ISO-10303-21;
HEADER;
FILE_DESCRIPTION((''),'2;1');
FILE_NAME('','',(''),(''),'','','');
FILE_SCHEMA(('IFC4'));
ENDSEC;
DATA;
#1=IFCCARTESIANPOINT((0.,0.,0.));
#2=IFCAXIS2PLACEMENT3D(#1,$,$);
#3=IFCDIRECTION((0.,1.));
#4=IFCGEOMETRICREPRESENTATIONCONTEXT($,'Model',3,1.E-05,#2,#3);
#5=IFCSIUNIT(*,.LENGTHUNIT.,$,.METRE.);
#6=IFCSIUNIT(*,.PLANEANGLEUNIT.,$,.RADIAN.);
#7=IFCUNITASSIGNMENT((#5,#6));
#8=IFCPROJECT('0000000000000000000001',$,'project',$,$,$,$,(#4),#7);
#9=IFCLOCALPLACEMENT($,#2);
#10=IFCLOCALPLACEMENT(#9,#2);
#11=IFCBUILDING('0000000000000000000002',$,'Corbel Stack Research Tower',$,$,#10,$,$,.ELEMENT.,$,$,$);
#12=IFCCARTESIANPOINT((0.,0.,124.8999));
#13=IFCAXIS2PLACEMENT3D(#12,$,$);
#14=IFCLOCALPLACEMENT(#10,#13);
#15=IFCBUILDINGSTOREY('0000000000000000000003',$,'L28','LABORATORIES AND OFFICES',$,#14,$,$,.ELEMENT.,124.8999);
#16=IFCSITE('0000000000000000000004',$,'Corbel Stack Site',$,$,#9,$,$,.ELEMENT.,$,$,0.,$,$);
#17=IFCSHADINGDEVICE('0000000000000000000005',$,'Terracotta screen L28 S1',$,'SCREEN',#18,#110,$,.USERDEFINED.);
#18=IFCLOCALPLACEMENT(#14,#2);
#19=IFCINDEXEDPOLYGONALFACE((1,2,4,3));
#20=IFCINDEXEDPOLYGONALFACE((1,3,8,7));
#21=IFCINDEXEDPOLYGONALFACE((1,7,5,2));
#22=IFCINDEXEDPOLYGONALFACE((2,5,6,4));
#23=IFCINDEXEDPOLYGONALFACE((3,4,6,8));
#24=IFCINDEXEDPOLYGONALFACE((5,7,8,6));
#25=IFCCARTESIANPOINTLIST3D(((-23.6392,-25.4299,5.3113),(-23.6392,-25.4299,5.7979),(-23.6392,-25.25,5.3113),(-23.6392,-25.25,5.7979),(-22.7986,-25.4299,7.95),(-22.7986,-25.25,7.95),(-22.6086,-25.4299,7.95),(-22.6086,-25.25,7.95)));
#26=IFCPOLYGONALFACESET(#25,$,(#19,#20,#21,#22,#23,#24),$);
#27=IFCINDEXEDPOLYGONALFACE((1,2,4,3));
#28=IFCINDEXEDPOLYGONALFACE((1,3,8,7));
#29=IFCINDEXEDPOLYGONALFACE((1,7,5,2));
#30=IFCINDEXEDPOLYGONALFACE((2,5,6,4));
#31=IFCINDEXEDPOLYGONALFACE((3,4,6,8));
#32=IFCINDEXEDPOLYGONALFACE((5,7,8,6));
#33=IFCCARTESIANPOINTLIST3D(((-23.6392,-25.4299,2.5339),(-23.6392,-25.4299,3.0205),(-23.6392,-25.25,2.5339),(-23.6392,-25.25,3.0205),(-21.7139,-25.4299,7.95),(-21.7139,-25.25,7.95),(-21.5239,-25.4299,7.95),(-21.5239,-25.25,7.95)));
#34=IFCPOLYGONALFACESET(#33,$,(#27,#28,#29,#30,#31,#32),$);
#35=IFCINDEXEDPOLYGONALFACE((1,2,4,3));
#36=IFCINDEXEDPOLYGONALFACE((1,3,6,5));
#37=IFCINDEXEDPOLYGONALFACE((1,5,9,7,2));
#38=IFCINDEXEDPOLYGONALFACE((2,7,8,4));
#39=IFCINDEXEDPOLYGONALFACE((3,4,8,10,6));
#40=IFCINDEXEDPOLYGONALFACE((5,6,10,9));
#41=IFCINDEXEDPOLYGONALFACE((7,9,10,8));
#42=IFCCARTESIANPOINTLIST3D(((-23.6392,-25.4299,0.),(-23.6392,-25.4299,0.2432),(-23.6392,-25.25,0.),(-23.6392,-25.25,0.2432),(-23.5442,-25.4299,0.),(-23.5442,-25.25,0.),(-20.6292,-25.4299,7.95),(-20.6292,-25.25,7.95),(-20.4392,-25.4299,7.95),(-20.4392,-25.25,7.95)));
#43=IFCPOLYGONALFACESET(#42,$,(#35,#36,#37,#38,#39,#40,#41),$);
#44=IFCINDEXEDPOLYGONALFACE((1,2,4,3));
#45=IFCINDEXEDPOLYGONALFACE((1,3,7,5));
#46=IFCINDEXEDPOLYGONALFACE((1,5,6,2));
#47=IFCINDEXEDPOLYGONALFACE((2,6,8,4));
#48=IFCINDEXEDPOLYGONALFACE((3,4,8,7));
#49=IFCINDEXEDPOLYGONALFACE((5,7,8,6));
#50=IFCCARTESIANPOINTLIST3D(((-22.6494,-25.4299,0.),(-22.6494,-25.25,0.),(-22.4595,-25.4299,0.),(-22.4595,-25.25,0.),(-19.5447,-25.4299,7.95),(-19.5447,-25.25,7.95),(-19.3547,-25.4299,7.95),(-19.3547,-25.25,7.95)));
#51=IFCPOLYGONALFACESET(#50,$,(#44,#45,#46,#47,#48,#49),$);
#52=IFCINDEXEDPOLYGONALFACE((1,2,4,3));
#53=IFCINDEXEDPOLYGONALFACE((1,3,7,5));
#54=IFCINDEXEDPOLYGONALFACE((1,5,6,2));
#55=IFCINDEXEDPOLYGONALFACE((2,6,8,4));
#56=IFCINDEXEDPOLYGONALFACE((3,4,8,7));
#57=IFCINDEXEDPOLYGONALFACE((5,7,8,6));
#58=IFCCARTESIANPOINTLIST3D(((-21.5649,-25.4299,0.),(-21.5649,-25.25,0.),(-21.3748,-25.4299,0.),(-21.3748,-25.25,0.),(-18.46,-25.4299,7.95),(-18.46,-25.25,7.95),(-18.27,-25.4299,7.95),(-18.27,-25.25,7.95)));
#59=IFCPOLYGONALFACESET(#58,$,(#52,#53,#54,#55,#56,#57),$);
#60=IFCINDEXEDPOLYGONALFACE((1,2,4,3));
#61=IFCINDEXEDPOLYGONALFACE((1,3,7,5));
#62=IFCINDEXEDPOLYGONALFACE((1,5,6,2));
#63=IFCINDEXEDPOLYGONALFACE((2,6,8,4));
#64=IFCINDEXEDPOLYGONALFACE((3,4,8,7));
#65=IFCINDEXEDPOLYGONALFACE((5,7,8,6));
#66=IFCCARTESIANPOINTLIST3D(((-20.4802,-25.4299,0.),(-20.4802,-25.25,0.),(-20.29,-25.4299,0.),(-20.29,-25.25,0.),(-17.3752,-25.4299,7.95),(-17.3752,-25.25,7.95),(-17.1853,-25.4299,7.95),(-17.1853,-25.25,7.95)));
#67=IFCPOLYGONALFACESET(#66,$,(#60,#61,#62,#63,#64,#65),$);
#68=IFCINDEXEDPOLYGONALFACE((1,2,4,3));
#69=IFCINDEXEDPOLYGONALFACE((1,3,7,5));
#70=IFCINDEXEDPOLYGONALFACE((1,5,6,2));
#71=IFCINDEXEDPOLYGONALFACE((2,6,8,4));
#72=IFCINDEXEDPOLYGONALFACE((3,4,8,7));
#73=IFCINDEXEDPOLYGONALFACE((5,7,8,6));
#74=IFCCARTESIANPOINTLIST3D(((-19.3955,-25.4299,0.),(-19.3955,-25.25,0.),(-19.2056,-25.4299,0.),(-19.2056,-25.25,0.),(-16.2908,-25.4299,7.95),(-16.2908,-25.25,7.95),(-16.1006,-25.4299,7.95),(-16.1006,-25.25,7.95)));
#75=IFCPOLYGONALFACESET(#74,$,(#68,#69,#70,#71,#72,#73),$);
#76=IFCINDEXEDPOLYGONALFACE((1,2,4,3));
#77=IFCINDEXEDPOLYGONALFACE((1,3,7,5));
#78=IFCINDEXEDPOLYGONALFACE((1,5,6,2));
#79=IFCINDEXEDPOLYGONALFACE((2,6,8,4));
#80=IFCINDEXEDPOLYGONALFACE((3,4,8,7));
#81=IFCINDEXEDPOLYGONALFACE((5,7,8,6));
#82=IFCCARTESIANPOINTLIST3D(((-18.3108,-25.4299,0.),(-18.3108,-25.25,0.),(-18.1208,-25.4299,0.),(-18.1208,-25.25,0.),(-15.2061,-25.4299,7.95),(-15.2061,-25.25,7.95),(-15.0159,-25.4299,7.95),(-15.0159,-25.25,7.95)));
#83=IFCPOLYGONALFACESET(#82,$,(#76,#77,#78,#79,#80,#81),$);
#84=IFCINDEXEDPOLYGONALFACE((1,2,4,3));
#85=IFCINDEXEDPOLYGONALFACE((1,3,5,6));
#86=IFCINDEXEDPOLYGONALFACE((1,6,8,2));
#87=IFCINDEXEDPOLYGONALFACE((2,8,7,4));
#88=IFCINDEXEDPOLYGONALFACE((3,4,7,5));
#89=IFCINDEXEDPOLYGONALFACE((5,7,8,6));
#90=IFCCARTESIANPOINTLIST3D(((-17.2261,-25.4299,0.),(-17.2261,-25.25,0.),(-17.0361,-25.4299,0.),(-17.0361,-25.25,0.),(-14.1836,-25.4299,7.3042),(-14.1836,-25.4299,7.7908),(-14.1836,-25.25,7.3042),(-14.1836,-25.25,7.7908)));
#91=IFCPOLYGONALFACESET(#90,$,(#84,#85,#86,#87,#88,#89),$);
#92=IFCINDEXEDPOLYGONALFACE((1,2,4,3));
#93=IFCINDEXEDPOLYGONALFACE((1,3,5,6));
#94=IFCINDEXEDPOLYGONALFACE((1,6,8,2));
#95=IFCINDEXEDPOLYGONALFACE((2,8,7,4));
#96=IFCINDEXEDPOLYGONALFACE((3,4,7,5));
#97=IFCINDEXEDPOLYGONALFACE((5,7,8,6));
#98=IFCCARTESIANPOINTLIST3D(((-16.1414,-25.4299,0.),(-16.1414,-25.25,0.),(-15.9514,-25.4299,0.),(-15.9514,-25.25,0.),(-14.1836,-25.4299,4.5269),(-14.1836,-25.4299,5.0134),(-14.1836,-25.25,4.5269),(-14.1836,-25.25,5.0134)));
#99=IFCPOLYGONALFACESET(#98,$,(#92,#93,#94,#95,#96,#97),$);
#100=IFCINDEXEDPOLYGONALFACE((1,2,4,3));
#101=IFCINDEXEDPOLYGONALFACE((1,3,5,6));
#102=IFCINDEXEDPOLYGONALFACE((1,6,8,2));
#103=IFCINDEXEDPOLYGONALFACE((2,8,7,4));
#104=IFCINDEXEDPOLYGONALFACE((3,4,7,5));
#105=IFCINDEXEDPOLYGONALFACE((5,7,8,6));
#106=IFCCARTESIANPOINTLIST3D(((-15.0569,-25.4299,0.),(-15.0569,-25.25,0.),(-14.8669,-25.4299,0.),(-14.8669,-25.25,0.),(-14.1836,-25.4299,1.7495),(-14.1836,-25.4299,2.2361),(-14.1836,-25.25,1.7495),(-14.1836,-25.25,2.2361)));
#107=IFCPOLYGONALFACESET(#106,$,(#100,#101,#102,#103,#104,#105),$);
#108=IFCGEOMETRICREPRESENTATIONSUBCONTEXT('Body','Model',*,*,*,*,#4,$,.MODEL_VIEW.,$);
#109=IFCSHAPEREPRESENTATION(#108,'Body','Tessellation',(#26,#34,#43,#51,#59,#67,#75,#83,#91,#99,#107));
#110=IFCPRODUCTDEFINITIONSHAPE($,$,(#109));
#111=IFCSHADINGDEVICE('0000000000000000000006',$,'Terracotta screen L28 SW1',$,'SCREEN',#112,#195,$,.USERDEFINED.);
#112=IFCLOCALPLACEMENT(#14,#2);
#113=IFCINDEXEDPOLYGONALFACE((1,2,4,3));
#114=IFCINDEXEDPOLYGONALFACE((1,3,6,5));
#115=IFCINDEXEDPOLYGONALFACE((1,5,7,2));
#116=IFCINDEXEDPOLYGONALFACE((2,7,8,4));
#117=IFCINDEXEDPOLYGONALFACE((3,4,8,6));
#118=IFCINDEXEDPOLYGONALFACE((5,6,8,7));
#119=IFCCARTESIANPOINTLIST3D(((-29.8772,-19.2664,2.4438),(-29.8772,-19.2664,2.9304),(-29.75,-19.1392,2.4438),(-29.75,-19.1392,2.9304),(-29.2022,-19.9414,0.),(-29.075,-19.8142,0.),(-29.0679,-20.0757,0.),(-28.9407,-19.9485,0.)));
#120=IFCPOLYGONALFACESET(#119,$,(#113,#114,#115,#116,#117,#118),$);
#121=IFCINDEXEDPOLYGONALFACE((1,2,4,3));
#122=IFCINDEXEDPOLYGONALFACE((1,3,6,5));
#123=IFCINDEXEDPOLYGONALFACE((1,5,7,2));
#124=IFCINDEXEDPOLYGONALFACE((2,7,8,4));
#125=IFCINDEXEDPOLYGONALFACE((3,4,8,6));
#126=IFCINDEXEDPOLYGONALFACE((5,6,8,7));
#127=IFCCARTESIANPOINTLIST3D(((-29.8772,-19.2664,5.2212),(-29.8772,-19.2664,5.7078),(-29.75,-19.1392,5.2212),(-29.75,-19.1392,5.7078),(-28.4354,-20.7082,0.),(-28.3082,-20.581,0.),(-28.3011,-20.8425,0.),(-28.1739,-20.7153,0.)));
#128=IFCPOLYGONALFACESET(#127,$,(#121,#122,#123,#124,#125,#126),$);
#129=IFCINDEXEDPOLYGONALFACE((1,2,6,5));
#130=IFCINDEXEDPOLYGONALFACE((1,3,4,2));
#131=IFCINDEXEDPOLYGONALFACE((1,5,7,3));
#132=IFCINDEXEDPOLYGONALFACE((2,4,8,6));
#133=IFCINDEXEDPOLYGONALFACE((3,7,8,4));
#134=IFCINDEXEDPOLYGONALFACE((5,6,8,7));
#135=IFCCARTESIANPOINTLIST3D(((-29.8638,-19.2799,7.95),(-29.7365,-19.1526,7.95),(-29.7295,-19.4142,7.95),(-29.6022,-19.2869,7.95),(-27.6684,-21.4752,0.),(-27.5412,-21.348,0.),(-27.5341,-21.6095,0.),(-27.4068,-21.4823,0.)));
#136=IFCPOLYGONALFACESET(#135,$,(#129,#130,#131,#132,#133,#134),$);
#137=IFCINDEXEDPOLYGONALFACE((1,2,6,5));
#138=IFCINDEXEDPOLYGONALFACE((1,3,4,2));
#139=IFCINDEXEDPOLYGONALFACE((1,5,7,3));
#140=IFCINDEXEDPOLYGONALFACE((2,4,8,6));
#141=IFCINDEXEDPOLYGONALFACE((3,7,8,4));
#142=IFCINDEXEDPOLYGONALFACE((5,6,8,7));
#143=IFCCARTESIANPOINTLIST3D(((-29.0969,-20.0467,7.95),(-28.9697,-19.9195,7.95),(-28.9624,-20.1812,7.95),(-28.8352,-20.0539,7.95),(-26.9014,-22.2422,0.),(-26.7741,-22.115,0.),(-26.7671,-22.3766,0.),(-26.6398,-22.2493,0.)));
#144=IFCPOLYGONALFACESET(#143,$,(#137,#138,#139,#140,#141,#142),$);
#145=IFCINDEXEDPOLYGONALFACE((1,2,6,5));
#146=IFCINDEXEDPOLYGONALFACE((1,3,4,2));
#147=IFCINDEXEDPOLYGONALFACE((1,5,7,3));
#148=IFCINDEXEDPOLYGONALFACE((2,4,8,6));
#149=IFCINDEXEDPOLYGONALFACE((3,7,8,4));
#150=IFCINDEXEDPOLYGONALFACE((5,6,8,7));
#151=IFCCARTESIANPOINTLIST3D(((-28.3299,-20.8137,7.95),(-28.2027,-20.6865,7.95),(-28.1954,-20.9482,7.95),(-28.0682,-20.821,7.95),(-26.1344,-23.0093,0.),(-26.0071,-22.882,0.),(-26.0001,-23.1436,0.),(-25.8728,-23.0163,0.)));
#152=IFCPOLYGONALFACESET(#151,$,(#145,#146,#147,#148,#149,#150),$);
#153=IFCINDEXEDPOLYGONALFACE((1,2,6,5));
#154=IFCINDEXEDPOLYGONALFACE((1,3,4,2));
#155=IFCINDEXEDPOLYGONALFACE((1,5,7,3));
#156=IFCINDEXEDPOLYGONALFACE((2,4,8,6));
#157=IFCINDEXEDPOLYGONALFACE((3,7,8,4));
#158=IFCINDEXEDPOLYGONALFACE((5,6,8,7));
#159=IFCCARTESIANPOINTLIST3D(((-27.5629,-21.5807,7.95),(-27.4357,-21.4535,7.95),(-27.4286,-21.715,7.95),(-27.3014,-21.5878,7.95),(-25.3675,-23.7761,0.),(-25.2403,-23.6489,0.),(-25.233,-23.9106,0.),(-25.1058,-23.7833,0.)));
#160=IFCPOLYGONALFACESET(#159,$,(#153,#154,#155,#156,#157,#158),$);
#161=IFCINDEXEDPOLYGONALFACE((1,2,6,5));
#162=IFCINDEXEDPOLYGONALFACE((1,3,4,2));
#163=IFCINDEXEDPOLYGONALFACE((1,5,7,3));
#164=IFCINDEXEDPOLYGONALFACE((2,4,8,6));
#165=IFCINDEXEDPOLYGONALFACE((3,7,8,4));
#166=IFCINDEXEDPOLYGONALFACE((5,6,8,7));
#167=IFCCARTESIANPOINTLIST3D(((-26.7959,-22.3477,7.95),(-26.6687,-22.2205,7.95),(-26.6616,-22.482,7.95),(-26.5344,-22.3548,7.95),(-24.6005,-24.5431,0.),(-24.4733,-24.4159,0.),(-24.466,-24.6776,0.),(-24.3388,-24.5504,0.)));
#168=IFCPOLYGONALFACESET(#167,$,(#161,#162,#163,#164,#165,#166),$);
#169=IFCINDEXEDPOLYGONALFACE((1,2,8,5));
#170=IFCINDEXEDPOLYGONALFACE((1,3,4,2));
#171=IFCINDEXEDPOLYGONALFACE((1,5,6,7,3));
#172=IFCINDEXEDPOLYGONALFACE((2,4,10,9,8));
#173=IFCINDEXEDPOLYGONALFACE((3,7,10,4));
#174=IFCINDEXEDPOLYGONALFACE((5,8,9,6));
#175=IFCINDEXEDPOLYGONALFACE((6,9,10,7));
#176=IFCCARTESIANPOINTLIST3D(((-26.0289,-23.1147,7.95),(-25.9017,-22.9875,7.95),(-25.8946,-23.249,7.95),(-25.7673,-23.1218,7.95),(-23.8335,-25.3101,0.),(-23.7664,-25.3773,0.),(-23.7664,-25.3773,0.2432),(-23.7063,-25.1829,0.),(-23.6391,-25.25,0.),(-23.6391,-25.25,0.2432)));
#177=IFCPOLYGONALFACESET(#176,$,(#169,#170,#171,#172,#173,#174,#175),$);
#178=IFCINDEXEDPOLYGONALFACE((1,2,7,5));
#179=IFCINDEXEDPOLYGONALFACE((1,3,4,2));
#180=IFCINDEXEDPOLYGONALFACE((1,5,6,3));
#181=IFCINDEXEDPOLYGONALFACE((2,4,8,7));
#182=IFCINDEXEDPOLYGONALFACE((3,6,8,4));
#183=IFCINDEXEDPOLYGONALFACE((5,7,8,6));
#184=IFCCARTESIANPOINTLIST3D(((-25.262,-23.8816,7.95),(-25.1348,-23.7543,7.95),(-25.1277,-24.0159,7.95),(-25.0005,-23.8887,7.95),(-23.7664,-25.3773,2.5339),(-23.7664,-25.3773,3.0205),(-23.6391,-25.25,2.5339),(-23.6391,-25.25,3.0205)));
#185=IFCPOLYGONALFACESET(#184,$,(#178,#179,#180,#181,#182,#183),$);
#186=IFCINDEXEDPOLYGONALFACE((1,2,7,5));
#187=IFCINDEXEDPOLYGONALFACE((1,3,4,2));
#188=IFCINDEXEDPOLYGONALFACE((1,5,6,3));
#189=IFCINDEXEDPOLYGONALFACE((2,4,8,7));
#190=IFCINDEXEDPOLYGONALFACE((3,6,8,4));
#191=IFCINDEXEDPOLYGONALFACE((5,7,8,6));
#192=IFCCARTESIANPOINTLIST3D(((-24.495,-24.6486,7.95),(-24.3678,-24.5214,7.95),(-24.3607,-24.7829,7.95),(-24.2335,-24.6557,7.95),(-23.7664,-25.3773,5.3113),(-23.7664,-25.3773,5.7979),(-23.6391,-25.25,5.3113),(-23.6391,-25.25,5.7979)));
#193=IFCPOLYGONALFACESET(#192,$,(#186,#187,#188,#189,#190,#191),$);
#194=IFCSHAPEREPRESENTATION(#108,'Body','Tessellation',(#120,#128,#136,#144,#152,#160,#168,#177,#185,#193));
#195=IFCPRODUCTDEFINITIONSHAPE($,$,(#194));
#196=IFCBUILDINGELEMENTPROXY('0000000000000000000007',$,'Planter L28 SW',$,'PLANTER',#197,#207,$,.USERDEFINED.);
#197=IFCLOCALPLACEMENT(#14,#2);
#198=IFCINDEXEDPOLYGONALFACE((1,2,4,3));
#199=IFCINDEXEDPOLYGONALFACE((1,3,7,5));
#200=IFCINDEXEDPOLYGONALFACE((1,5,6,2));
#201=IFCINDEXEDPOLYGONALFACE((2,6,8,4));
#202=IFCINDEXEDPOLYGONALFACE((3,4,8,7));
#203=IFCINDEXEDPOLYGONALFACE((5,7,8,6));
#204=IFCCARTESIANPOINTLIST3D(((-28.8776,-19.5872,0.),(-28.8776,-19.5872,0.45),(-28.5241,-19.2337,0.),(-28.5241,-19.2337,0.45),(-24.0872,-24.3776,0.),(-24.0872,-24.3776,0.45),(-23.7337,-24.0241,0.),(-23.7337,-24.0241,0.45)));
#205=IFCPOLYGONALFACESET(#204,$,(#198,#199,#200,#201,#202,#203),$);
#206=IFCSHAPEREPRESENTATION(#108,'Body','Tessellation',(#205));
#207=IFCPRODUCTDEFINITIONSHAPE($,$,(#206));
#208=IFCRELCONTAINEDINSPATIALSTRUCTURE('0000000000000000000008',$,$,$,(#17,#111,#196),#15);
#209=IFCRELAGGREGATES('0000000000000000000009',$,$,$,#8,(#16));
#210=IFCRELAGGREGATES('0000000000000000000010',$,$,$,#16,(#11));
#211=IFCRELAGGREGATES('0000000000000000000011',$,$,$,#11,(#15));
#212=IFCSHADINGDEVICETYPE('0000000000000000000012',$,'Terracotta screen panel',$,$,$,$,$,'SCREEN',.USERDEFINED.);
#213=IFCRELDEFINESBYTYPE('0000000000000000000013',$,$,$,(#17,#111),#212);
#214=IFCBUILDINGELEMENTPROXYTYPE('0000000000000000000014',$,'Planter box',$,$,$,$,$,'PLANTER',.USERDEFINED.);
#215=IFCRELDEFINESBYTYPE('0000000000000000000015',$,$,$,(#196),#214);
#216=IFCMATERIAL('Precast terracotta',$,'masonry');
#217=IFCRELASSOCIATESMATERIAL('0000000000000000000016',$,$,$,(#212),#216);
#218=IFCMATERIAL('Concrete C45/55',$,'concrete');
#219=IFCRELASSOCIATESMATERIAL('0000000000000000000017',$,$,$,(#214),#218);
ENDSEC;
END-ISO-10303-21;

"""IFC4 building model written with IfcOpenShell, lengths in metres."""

from ifc_helpers import new_model, si_unit, direction, frame, origin, origin_2d, place, context, subcontext, project, spatial, polyline, rectangle, outline, extrude, source, transform, mapped, material, type_object, element, save


model = new_model("IFC4")

# Units and contexts
model_context = context("Model", 3, precision=1e-05, world=origin(), true_north=direction((0.0, 1.0)))
body_context = subcontext(model_context, "Body", "Model", "MODEL_VIEW")
ifc_project = project(units=[si_unit("LENGTHUNIT", "METRE"), si_unit("PLANEANGLEUNIT", "RADIAN")], contexts=[model_context])

# Site, building, storey
site_placement = place(None, origin())
site = spatial("IfcSite", under=ifc_project, at=site_placement, Name="Corbel Stack Site", CompositionType="ELEMENT", RefElevation=0.0)
building_placement = place(site_placement, origin())
building = spatial("IfcBuilding", under=site, at=building_placement, Name="Corbel Stack Research Tower", CompositionType="ELEMENT")
storey_placement = place(building_placement, frame((0.0, 0.0, 124.8999)))
storey = spatial("IfcBuildingStorey", under=building, at=storey_placement, Name="L28", Description="LABORATORIES AND OFFICES", CompositionType="ELEMENT", Elevation=124.8999)

# Shading devices
ifc_material_1 = material(Name="Precast terracotta", Category="masonry")
shading_device_type = type_object("IfcShadingDeviceType", Name="Terracotta screen panel", ElementType="SCREEN", PredefinedType="USERDEFINED", material=ifc_material_1)
shared_shape_1 = source(origin(), body_context, "Body", "SweptSolid", [
    extrude(outline(polyline([(1.0305, 7.95), (0.8406, 7.95), (0.0, 5.7979), (0.0, 5.3113), (1.0305, 7.95)])), frame((0.0, 0.0, 0.0), z_axis=(0.0, -1.0, 0.0), x_axis=(1.0, 0.0, 0.0)), (0.0, 0.0, 1.0), 0.1799),
    extrude(outline(polyline([(2.1152, 7.95), (1.9253, 7.95), (0.0, 3.0205), (0.0, 2.5339), (2.1152, 7.95)])), frame((0.0, 0.0, 0.0), z_axis=(0.0, -1.0, 0.0), x_axis=(1.0, 0.0, 0.0)), (0.0, 0.0, 1.0), 0.1799),
    extrude(outline(polyline([(0.095, 0.0), (3.2, 7.95), (3.01, 7.95), (0.0, 0.2432), (0.0, 0.0), (0.095, 0.0)])), frame((0.0, 0.0, 0.0), z_axis=(0.0, -1.0, 0.0), x_axis=(1.0, 0.0, 0.0)), (0.0, 0.0, 1.0), 0.1799),
    extrude(outline(polyline([(1.1797, 0.0), (4.2844, 7.95), (4.0945, 7.95), (0.9897, 0.0), (1.1797, 0.0)])), frame((0.0, 0.0, 0.0), z_axis=(0.0, -1.0, 0.0), x_axis=(1.0, 0.0, 0.0)), (0.0, 0.0, 1.0), 0.1799),
    extrude(outline(polyline([(2.2644, 0.0), (5.3691, 7.95), (5.1792, 7.95), (2.0742, 0.0), (2.2644, 0.0)])), frame((0.0, 0.0, 0.0), z_axis=(0.0, -1.0, 0.0), x_axis=(1.0, 0.0, 0.0)), (0.0, 0.0, 1.0), 0.1799),
    extrude(outline(polyline([(3.3491, 0.0), (6.4539, 7.95), (6.2639, 7.95), (3.1589, 0.0), (3.3491, 0.0)])), frame((0.0, 0.0, 0.0), z_axis=(0.0, -1.0, 0.0), x_axis=(1.0, 0.0, 0.0)), (0.0, 0.0, 1.0), 0.1799),
    extrude(outline(polyline([(4.4336, 0.0), (7.5386, 7.95), (7.3484, 7.95), (4.2437, 0.0), (4.4336, 0.0)])), frame((0.0, 0.0, 0.0), z_axis=(0.0, -1.0, 0.0), x_axis=(1.0, 0.0, 0.0)), (0.0, 0.0, 1.0), 0.1799),
    extrude(outline(polyline([(5.5183, 0.0), (8.6233, 7.95), (8.4331, 7.95), (5.3284, 0.0), (5.5183, 0.0)])), frame((0.0, 0.0, 0.0), z_axis=(0.0, -1.0, 0.0), x_axis=(1.0, 0.0, 0.0)), (0.0, 0.0, 1.0), 0.1799),
    extrude(outline(polyline([(6.603, 0.0), (9.4556, 7.3042), (9.4556, 7.7908), (6.4131, 0.0), (6.603, 0.0)])), frame((0.0, 0.0, 0.0), z_axis=(0.0, -1.0, 0.0), x_axis=(1.0, 0.0, 0.0)), (0.0, 0.0, 1.0), 0.1799),
    extrude(outline(polyline([(7.6877, 0.0), (9.4556, 4.5269), (9.4556, 5.0134), (7.4978, 0.0), (7.6877, 0.0)])), frame((0.0, 0.0, 0.0), z_axis=(0.0, -1.0, 0.0), x_axis=(1.0, 0.0, 0.0)), (0.0, 0.0, 1.0), 0.1799),
    extrude(outline(polyline([(8.7722, 0.0), (9.4556, 1.7495), (9.4556, 2.2361), (8.5823, 0.0), (8.7722, 0.0)])), frame((0.0, 0.0, 0.0), z_axis=(0.0, -1.0, 0.0), x_axis=(1.0, 0.0, 0.0)), (0.0, 0.0, 1.0), 0.1799),
])
shading_device_1_placement = place(storey_placement, frame((-23.6392, -25.25, 0.0), z_axis=(0.0, 0.0, 1.0), x_axis=(1.0, 0.0, 0.0)))
element("IfcShadingDevice", 1, at=shading_device_1_placement, inside=storey, type_object=shading_device_type, Name="Terracotta screen L28 S1", ObjectType="SCREEN", PredefinedType="USERDEFINED", context=body_context, shape_type="MappedRepresentation", body=[
    mapped(shared_shape_1, transform((0.0, 0.0, 0.0))),
])
shared_shape_2 = source(origin(), body_context, "Body", "SweptSolid", [
    extrude(outline(polyline([(1.1445, 0.0), (0.0, 2.9304), (0.0, 2.4438), (0.9546, 0.0), (1.1445, 0.0)])), frame((0.0, 0.0, 0.0), z_axis=(0.0, -1.0, 0.0), x_axis=(1.0, 0.0, 0.0)), (0.0, 0.0, 1.0), 0.1799),
    extrude(outline(polyline([(2.229, 0.0), (0.0, 5.7078), (0.0, 5.2212), (2.0391, 0.0), (2.229, 0.0)])), frame((0.0, 0.0, 0.0), z_axis=(0.0, -1.0, 0.0), x_axis=(1.0, 0.0, 0.0)), (0.0, 0.0, 1.0), 0.1799),
    extrude(outline(polyline([(3.3137, 0.0), (0.209, 7.95), (0.019, 7.95), (3.1238, 0.0), (3.3137, 0.0)])), frame((0.0, 0.0, 0.0), z_axis=(0.0, -1.0, 0.0), x_axis=(1.0, 0.0, 0.0)), (0.0, 0.0, 1.0), 0.1799),
    extrude(outline(polyline([(4.3984, 0.0), (1.2937, 7.95), (1.1035, 7.95), (4.2085, 0.0), (4.3984, 0.0)])), frame((0.0, 0.0, 0.0), z_axis=(0.0, -1.0, 0.0), x_axis=(1.0, 0.0, 0.0)), (0.0, 0.0, 1.0), 0.1799),
    extrude(outline(polyline([(5.4832, 0.0), (2.3784, 7.95), (2.1882, 7.95), (5.2932, 0.0), (5.4832, 0.0)])), frame((0.0, 0.0, 0.0), z_axis=(0.0, -1.0, 0.0), x_axis=(1.0, 0.0, 0.0)), (0.0, 0.0, 1.0), 0.1799),
    extrude(outline(polyline([(6.5679, 0.0), (3.4629, 7.95), (3.2729, 7.95), (6.3777, 0.0), (6.5679, 0.0)])), frame((0.0, 0.0, 0.0), z_axis=(0.0, -1.0, 0.0), x_axis=(1.0, 0.0, 0.0)), (0.0, 0.0, 1.0), 0.1799),
    extrude(outline(polyline([(7.6526, 0.0), (4.5476, 7.95), (4.3577, 7.95), (7.4624, 0.0), (7.6526, 0.0)])), frame((0.0, 0.0, 0.0), z_axis=(0.0, -1.0, 0.0), x_axis=(1.0, 0.0, 0.0)), (0.0, 0.0, 1.0), 0.1799),
    extrude(outline(polyline([(8.6421, 0.0), (8.6421, 0.2432), (5.6323, 7.95), (5.4424, 7.95), (8.5471, 0.0), (8.6421, 0.0)])), frame((0.0, 0.0, 0.0), z_axis=(0.0, -1.0, 0.0), x_axis=(1.0, 0.0, 0.0)), (0.0, 0.0, 1.0), 0.1799),
    extrude(outline(polyline([(6.7168, 7.95), (6.5269, 7.95), (8.6421, 2.5339), (8.6421, 3.0205), (6.7168, 7.95)])), frame((0.0, 0.0, 0.0), z_axis=(0.0, -1.0, 0.0), x_axis=(1.0, 0.0, 0.0)), (0.0, 0.0, 1.0), 0.1799),
    extrude(outline(polyline([(7.8015, 7.95), (7.6116, 7.95), (8.6421, 5.3113), (8.6421, 5.7979), (7.8015, 7.95)])), frame((0.0, 0.0, 0.0), z_axis=(0.0, -1.0, 0.0), x_axis=(1.0, 0.0, 0.0)), (0.0, 0.0, 1.0), 0.1799),
])
shading_device_2_placement = place(storey_placement, frame((-29.75, -19.1392, 0.0), z_axis=(0.0, 0.0, 1.0), x_axis=(0.707107, -0.707107, 0.0)))
element("IfcShadingDevice", 2, at=shading_device_2_placement, inside=storey, type_object=shading_device_type, Name="Terracotta screen L28 SW1", ObjectType="SCREEN", PredefinedType="USERDEFINED", context=body_context, shape_type="MappedRepresentation", body=[
    mapped(shared_shape_2, transform((0.0, 0.0, 0.0))),
])

# Building element proxy
ifc_material_2 = material(Name="Concrete C45/55", Category="concrete")
building_element_proxy_type = type_object("IfcBuildingElementProxyType", Name="Planter box", ElementType="PLANTER", PredefinedType="USERDEFINED", material=ifc_material_2)
proxy_placement = place(storey_placement, frame((-26.3057, -21.8057, 0.0), z_axis=(0.0, 0.0, 1.0), x_axis=(0.707107, -0.707107, 0.0)))
element("IfcBuildingElementProxy", 3, at=proxy_placement, inside=storey, type_object=building_element_proxy_type, Name="Planter L28 SW", ObjectType="PLANTER", PredefinedType="USERDEFINED", context=body_context, shape_type="SweptSolid", body=[
    extrude(rectangle(XDim=6.7747, YDim=0.5, at=origin_2d()), origin(), (0.0, 0.0, 1.0), 0.45),
])

save(model, "model.ifc")
